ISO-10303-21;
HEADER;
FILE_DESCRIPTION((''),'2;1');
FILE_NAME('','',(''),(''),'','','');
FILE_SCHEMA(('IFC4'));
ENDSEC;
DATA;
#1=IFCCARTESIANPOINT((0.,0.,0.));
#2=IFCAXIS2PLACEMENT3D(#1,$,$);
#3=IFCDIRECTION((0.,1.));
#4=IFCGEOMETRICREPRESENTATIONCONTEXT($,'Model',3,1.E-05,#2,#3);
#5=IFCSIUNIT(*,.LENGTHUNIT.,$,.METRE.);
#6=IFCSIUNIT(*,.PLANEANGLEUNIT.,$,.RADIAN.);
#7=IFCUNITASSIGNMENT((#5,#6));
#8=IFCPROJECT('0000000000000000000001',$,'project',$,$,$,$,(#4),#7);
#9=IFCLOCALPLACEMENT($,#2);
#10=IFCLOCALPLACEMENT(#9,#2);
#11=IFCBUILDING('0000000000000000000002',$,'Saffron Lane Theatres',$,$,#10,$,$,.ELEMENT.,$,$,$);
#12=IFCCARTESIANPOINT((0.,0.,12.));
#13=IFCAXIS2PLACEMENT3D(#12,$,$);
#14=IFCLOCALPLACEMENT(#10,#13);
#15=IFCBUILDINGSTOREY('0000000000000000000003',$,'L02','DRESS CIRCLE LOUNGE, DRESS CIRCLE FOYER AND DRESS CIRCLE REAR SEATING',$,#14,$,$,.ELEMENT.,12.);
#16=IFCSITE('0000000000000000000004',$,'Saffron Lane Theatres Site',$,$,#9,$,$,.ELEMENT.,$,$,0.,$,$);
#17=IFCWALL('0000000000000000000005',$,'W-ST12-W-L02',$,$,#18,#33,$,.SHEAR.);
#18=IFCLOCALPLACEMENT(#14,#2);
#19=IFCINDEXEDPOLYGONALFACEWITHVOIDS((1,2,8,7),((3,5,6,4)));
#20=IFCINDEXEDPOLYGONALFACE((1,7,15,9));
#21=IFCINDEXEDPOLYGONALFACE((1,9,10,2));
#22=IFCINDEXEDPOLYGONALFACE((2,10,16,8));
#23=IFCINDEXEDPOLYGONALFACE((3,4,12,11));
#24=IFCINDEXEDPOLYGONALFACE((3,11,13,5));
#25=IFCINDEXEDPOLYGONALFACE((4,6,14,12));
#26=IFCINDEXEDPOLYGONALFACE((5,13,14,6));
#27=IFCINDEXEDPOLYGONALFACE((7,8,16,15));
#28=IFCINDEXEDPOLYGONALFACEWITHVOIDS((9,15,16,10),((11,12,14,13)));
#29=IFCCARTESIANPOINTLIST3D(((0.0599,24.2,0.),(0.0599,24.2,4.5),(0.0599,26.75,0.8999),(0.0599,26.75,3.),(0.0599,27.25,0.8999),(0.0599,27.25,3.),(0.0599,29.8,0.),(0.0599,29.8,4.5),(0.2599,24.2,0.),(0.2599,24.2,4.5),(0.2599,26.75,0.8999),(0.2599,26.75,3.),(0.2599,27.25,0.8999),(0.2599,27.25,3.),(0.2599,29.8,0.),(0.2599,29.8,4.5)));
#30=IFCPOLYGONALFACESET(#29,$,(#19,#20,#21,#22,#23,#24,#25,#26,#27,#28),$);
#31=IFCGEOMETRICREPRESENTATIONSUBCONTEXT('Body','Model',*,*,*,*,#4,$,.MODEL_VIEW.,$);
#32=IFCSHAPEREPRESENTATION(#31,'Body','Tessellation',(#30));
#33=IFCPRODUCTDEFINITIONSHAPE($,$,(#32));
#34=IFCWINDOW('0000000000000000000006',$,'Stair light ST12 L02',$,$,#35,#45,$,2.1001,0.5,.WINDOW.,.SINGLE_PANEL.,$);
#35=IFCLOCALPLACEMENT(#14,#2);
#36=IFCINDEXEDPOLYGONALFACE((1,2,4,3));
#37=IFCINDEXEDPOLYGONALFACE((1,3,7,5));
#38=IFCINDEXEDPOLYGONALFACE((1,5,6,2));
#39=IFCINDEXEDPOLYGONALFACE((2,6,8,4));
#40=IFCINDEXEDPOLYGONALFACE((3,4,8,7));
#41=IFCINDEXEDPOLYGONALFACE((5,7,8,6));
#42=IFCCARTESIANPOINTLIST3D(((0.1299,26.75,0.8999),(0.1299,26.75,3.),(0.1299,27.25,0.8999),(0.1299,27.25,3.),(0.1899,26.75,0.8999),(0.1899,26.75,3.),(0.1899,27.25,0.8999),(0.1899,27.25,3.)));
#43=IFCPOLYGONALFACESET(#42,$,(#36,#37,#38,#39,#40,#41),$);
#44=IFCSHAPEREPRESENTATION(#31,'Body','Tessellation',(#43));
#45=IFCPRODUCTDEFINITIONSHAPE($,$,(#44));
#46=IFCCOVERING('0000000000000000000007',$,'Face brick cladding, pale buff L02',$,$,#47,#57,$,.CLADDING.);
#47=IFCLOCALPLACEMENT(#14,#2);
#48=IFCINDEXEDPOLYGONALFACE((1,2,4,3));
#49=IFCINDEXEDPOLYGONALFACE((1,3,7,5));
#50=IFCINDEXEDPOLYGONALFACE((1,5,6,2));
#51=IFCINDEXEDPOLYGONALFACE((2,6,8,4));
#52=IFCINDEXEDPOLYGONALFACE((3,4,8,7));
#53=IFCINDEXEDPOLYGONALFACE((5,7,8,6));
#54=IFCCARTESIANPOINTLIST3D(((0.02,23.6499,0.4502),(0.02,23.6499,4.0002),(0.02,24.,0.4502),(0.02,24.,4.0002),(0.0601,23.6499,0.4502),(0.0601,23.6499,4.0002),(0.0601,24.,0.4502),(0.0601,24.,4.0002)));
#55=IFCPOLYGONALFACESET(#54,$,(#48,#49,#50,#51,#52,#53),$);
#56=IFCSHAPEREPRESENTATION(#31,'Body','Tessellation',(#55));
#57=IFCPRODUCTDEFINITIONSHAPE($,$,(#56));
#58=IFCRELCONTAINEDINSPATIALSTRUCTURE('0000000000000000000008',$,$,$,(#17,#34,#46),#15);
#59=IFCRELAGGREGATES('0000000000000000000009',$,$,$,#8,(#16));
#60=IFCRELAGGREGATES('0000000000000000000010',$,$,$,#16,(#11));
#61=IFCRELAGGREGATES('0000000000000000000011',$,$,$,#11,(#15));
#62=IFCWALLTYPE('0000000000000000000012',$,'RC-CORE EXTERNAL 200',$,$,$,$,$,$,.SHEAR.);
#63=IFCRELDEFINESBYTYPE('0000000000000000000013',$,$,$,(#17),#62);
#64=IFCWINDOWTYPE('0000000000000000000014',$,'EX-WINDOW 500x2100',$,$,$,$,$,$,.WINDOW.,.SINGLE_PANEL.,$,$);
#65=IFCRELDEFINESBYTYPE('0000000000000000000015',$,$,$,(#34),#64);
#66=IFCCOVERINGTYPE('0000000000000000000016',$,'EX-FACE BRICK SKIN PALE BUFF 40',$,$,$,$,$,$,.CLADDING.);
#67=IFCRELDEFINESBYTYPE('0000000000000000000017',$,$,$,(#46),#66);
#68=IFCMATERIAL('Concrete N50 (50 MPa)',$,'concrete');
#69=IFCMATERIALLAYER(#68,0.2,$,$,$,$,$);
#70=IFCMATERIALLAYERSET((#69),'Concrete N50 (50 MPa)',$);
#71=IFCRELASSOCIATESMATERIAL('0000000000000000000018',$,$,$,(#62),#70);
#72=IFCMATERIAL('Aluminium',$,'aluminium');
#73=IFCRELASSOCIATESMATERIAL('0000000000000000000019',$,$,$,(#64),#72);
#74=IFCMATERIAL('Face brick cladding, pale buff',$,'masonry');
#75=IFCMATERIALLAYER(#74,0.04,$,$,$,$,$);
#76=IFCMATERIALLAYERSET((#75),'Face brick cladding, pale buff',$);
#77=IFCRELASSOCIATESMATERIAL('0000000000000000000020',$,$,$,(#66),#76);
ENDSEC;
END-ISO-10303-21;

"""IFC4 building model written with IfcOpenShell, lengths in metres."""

from ifc_helpers import new_model, si_unit, direction, frame, frame_2d, origin, origin_2d, place, context, subcontext, project, spatial, rectangle, extrude, material, layer, layer_set, type_object, element, fill, save


model = new_model("IFC4")

# Units and contexts
model_context = context("Model", 3, precision=1e-05, world=origin(), true_north=direction((0.0, 1.0)))
body_context = subcontext(model_context, "Body", "Model", "MODEL_VIEW")
ifc_project = project(units=[si_unit("LENGTHUNIT", "METRE"), si_unit("PLANEANGLEUNIT", "RADIAN")], contexts=[model_context])

# Site, building, storey
site_placement = place(None, origin())
site = spatial("IfcSite", under=ifc_project, at=site_placement, Name="Saffron Lane Theatres Site", CompositionType="ELEMENT", RefElevation=0.0)
building_placement = place(site_placement, origin())
building = spatial("IfcBuilding", under=site, at=building_placement, Name="Saffron Lane Theatres", CompositionType="ELEMENT")
storey_placement = place(building_placement, frame((0.0, 0.0, 12.0)))
storey = spatial("IfcBuildingStorey", under=building, at=storey_placement, Name="L02", Description="DRESS CIRCLE LOUNGE, DRESS CIRCLE FOYER AND DRESS CIRCLE REAR SEATING", CompositionType="ELEMENT", Elevation=12.0)

# Wall, opening, window
ifc_material_1 = material(Name="Concrete N50 (50 MPa)", Category="concrete")
ifc_layer_1 = layer(ifc_material_1, 0.2)
ifc_layer_set_1 = layer_set([ifc_layer_1], Name="Concrete N50 (50 MPa)")
wall_type_1 = type_object("IfcWallType", Name="RC-CORE EXTERNAL 200", PredefinedType="SHEAR", material=ifc_layer_set_1)
wall_1_placement = place(storey_placement, frame((0.1599, 24.2, 0.0), z_axis=(0.0, 0.0, 1.0), x_axis=(0.0, 1.0, 0.0)))
wall_1 = element("IfcWall", 1, at=wall_1_placement, inside=storey, type_object=wall_type_1, Name="W-ST12-W-L02", PredefinedType="SHEAR", context=body_context, shape_type="SweptSolid", body=[
    extrude(rectangle(XDim=5.6001, YDim=0.2, at=frame_2d((2.8, 0.0))), origin(), (0.0, 0.0, 1.0), 4.5),
])
opening_1_placement = place(wall_1_placement, frame((2.55, 0.0, 0.8999)))
opening_1 = element("IfcOpeningElement", 2, at=opening_1_placement, cuts=wall_1, PredefinedType="OPENING", context=body_context, shape_type="SweptSolid", body=[
    extrude(rectangle(XDim=0.5, YDim=2.1001, at=frame_2d((0.25, 1.05))), frame((0.0, 0.1099, 0.0), z_axis=(0.0, -1.0, 0.0), x_axis=(1.0, 0.0, 0.0)), (0.0, 0.0, 1.0), 0.22),
])
ifc_material_2 = material(Name="Aluminium", Category="aluminium")
window_type = type_object("IfcWindowType", Name="EX-WINDOW 500x2100", PartitioningType="SINGLE_PANEL", PredefinedType="WINDOW", material=ifc_material_2)
window_placement = place(opening_1_placement, origin())
window = element("IfcWindow", 3, at=window_placement, inside=storey, type_object=window_type, Name="Stair light ST12 L02", OverallHeight=2.1001, OverallWidth=0.5, PartitioningType="SINGLE_PANEL", PredefinedType="WINDOW", context=body_context, shape_type="SweptSolid", body=[
    extrude(rectangle(XDim=0.5, YDim=2.1001, at=frame_2d((0.25, 1.05))), frame((0.0, 0.03, 0.0), z_axis=(0.0, -1.0, 0.0), x_axis=(1.0, 0.0, 0.0)), (0.0, 0.0, 1.0), 0.0601),
])
fill(opening_1, window)

# Covering
ifc_material_3 = material(Name="Face brick cladding, pale buff", Category="masonry")
ifc_layer_2 = layer(ifc_material_3, 0.04)
ifc_layer_set_2 = layer_set([ifc_layer_2], Name="Face brick cladding, pale buff")
covering_type_1 = type_object("IfcCoveringType", Name="EX-FACE BRICK SKIN PALE BUFF 40", PredefinedType="CLADDING", material=ifc_layer_set_2)
covering_1_placement = place(storey_placement, frame((0.04, 23.825, 0.4502), z_axis=(0.0, 0.0, 1.0), x_axis=(0.0, 1.0, 0.0)))
element("IfcCovering", 4, at=covering_1_placement, inside=storey, type_object=covering_type_1, Name="Face brick cladding, pale buff L02", PredefinedType="CLADDING", context=body_context, shape_type="SweptSolid", body=[
    extrude(rectangle(XDim=0.3501, YDim=0.04, at=origin_2d()), origin(), (0.0, 0.0, 1.0), 3.55),
])

save(model, "model.ifc")
